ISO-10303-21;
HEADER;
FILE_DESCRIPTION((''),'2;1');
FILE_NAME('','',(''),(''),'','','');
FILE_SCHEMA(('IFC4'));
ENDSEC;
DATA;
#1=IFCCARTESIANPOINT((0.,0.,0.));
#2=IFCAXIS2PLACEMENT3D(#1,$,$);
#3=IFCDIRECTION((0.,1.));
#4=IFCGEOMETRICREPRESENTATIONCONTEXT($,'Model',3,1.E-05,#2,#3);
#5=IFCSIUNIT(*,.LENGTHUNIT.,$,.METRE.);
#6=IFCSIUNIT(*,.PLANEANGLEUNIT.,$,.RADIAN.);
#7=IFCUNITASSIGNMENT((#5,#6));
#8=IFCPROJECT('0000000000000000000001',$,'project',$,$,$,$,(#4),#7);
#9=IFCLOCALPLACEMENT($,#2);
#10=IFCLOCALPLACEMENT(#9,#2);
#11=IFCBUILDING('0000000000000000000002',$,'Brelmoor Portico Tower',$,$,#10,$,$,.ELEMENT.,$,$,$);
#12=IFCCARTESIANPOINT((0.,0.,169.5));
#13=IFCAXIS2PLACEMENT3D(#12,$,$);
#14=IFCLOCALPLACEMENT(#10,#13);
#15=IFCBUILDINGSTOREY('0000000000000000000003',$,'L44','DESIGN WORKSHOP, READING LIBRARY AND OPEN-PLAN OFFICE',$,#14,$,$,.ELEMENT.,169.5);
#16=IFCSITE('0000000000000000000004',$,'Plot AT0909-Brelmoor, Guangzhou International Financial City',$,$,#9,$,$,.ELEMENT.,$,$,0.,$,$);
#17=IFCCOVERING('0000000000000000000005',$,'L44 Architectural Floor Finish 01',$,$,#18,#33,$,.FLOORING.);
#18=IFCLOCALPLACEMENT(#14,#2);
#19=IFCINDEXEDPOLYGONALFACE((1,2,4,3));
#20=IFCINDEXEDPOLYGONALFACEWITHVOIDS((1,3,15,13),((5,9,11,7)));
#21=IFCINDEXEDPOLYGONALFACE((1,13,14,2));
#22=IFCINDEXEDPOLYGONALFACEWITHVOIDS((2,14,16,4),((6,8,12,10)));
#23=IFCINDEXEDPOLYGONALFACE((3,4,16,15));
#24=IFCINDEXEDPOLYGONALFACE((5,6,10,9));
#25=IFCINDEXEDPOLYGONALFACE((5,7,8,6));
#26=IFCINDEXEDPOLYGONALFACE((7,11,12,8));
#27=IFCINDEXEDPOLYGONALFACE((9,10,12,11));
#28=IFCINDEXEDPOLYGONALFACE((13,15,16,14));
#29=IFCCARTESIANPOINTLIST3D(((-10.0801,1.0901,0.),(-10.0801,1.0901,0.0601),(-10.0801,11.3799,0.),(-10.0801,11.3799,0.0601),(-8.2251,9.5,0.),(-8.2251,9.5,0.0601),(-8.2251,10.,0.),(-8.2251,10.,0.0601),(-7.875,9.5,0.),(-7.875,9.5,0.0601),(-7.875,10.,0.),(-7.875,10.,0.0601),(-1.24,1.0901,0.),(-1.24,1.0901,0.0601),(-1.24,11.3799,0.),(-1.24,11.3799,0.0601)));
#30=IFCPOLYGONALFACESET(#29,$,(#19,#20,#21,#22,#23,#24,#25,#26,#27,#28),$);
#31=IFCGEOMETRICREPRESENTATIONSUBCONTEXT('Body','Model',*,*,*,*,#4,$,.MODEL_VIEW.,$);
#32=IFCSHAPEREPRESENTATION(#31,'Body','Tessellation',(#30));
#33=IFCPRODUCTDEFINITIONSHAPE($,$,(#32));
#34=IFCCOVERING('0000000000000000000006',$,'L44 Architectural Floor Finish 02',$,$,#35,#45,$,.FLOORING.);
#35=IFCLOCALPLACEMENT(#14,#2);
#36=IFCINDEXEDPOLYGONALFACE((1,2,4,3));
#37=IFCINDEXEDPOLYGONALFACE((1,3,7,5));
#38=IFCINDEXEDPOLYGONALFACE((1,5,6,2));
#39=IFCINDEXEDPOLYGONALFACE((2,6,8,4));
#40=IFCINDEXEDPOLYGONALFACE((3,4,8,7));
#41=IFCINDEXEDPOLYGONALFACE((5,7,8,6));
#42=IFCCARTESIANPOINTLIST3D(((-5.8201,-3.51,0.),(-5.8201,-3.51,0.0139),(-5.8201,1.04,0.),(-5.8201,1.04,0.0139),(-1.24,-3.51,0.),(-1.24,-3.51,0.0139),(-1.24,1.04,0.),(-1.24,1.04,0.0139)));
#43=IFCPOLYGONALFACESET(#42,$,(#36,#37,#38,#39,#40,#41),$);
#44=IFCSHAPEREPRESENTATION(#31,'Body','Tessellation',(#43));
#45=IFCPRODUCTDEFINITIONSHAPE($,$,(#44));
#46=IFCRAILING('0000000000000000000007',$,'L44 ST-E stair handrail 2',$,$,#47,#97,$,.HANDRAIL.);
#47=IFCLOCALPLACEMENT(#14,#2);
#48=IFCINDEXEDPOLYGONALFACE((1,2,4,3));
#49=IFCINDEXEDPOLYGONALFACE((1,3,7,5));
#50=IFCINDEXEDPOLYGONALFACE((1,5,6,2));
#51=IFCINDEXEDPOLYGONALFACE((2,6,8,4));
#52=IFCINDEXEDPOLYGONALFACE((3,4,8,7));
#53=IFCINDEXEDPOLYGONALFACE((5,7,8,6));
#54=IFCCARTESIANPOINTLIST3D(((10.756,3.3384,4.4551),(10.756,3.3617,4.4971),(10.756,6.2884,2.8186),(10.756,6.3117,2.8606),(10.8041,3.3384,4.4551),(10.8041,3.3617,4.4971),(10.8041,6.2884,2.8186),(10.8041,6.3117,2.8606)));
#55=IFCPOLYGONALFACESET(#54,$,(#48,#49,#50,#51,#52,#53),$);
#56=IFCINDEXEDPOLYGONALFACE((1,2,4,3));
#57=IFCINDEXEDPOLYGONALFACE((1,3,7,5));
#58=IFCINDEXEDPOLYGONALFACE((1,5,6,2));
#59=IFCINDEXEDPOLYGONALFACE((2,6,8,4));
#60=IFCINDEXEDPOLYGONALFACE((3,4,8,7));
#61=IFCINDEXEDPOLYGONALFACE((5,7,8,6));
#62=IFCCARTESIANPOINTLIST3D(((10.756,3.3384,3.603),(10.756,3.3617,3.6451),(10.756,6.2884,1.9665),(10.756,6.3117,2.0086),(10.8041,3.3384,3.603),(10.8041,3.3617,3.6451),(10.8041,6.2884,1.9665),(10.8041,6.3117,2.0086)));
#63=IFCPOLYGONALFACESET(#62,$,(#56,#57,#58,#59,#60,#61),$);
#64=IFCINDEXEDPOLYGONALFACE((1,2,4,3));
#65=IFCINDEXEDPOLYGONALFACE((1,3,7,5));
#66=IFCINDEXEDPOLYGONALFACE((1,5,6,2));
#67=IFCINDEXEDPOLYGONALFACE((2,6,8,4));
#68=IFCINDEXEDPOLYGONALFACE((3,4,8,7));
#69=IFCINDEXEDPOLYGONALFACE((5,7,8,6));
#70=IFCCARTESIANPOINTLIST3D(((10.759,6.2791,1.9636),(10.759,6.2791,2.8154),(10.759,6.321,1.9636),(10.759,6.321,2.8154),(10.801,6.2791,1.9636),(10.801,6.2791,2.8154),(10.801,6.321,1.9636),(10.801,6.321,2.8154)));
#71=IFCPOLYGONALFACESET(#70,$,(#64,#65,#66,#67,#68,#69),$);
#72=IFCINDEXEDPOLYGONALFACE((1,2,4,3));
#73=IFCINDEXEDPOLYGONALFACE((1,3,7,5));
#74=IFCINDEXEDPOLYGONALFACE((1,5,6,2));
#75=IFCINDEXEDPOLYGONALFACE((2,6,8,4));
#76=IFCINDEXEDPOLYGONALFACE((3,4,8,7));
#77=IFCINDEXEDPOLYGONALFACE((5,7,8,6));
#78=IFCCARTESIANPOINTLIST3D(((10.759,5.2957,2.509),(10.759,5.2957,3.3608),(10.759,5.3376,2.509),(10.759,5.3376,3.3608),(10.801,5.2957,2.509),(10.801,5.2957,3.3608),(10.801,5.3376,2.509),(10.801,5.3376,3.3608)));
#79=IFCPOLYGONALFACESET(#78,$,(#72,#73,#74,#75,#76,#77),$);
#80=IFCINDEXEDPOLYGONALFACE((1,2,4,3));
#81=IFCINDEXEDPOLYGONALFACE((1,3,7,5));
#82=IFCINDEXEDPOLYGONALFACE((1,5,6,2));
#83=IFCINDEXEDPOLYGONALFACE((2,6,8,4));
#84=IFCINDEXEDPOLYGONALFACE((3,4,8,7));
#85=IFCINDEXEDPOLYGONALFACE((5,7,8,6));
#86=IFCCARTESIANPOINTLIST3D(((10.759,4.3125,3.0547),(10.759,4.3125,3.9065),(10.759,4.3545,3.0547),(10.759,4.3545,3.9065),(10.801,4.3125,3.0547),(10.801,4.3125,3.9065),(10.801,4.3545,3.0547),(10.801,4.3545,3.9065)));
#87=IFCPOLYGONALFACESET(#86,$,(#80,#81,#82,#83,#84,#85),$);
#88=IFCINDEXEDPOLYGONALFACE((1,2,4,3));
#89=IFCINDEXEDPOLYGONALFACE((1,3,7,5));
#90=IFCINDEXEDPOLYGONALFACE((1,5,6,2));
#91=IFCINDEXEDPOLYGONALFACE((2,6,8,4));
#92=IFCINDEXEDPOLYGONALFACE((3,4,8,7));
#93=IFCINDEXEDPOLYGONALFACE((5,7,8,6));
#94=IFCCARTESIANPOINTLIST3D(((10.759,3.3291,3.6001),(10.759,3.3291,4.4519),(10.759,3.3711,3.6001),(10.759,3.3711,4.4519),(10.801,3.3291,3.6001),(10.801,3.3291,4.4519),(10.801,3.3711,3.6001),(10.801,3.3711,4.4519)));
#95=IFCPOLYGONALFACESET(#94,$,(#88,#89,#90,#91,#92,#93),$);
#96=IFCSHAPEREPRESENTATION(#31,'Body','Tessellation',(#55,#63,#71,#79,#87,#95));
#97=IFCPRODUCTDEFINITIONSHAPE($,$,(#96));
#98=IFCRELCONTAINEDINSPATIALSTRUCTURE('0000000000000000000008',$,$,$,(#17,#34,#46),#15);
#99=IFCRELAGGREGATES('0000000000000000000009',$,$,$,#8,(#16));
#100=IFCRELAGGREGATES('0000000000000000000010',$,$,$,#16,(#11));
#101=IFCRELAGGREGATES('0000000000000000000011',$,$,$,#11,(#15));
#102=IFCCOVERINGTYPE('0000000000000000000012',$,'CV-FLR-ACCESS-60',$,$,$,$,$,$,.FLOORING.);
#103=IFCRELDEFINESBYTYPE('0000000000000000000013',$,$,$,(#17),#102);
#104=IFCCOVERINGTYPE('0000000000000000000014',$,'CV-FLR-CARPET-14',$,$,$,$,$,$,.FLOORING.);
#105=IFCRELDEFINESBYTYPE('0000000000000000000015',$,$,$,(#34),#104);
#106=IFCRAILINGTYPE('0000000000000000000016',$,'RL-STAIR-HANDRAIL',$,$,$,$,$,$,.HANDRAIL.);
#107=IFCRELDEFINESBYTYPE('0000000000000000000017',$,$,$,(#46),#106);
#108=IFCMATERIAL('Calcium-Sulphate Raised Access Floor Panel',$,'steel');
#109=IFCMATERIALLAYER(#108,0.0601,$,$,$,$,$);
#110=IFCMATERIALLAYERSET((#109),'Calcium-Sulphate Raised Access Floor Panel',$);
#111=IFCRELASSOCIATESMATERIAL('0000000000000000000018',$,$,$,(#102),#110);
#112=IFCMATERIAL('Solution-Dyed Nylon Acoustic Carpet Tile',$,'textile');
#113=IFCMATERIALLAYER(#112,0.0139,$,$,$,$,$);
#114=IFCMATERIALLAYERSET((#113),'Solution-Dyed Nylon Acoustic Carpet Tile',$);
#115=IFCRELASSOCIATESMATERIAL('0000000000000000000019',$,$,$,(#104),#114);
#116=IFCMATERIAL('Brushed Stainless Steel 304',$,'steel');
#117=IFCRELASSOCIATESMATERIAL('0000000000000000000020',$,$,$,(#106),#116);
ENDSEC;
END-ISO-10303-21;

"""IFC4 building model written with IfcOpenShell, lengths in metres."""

from ifc_helpers import new_model, si_unit, direction, frame, origin, origin_2d, place, context, subcontext, project, spatial, polyline, rectangle, outline, extrude, material, layer, layer_set, type_object, element, save


model = new_model("IFC4")

# Units and contexts
model_context = context("Model", 3, precision=1e-05, world=origin(), true_north=direction((0.0, 1.0)))
body_context = subcontext(model_context, "Body", "Model", "MODEL_VIEW")
ifc_project = project(units=[si_unit("LENGTHUNIT", "METRE"), si_unit("PLANEANGLEUNIT", "RADIAN")], contexts=[model_context])

# Site, building, storey
site_placement = place(None, origin())
site = spatial("IfcSite", under=ifc_project, at=site_placement, Name="Plot AT0909-Brelmoor, Guangzhou International Financial City", CompositionType="ELEMENT", RefElevation=0.0)
building_placement = place(site_placement, origin())
building = spatial("IfcBuilding", under=site, at=building_placement, Name="Brelmoor Portico Tower", CompositionType="ELEMENT")
storey_placement = place(building_placement, frame((0.0, 0.0, 169.5)))
storey = spatial("IfcBuildingStorey", under=building, at=storey_placement, Name="L44", Description="DESIGN WORKSHOP, READING LIBRARY AND OPEN-PLAN OFFICE", CompositionType="ELEMENT", Elevation=169.5)

# Coverings
ifc_material_1 = material(Name="Calcium-Sulphate Raised Access Floor Panel", Category="steel")
ifc_layer_1 = layer(ifc_material_1, 0.0601)
ifc_layer_set_1 = layer_set([ifc_layer_1], Name="Calcium-Sulphate Raised Access Floor Panel")
covering_type_1 = type_object("IfcCoveringType", Name="CV-FLR-ACCESS-60", PredefinedType="FLOORING", material=ifc_layer_set_1)
covering_1_placement = place(storey_placement, origin())
element("IfcCovering", 1, at=covering_1_placement, inside=storey, type_object=covering_type_1, Name="L44 Architectural Floor Finish 01", PredefinedType="FLOORING", context=body_context, shape_type="SweptSolid", body=[
    extrude(outline(polyline([(-10.0801, 11.3799), (-1.24, 11.3799), (-1.24, 1.0901), (-10.0801, 1.0901), (-10.0801, 11.3799)]), holes=[polyline([(-7.875, 9.5), (-7.875, 10.0), (-8.2251, 10.0), (-8.2251, 9.5), (-7.875, 9.5)])]), origin(), (0.0, 0.0, 1.0), 0.0601),
])
ifc_material_2 = material(Name="Solution-Dyed Nylon Acoustic Carpet Tile", Category="textile")
ifc_layer_2 = layer(ifc_material_2, 0.0139)
ifc_layer_set_2 = layer_set([ifc_layer_2], Name="Solution-Dyed Nylon Acoustic Carpet Tile")
covering_type_2 = type_object("IfcCoveringType", Name="CV-FLR-CARPET-14", PredefinedType="FLOORING", material=ifc_layer_set_2)
covering_2_placement = place(storey_placement, origin())
element("IfcCovering", 2, at=covering_2_placement, inside=storey, type_object=covering_type_2, Name="L44 Architectural Floor Finish 02", PredefinedType="FLOORING", context=body_context, shape_type="SweptSolid", body=[
    extrude(outline(polyline([(-5.8201, -3.51), (-5.8201, 1.04), (-1.24, 1.04), (-1.24, -3.51), (-5.8201, -3.51)])), origin(), (0.0, 0.0, 1.0), 0.0139),
])

# Railing
ifc_material_3 = material(Name="Brushed Stainless Steel 304", Category="steel")
railing_type = type_object("IfcRailingType", Name="RL-STAIR-HANDRAIL", PredefinedType="HANDRAIL", material=ifc_material_3)
railing_placement = place(storey_placement, frame((10.78, 6.3, 1.9636)))
element("IfcRailing", 3, at=railing_placement, inside=storey, type_object=railing_type, Name="L44 ST-E stair handrail 2", PredefinedType="HANDRAIL", context=body_context, shape_type="SweptSolid", body=[
    extrude(rectangle(XDim=0.0481, YDim=0.0481, at=origin_2d()), frame((0.0, 0.0, 0.876), z_axis=(0.0, -0.874458, 0.485102), x_axis=(1.0, 0.0, 0.0)), (0.0, 0.0, 1.0), 3.3735),
    extrude(rectangle(XDim=0.0481, YDim=0.0481, at=origin_2d()), frame((0.0, 0.0, 0.0239), z_axis=(0.0, -0.874458, 0.485102), x_axis=(1.0, 0.0, 0.0)), (0.0, 0.0, 1.0), 3.3735),
    extrude(rectangle(XDim=0.042, YDim=0.042, at=origin_2d()), origin(), (0.0, 0.0, 1.0), 0.8518),
    extrude(rectangle(XDim=0.042, YDim=0.042, at=origin_2d()), frame((0.0, -0.9834, 0.5454)), (0.0, 0.0, 1.0), 0.8518),
    extrude(rectangle(XDim=0.042, YDim=0.042, at=origin_2d()), frame((0.0, -1.9666, 1.0911)), (0.0, 0.0, 1.0), 0.8518),
    extrude(rectangle(XDim=0.042, YDim=0.042, at=origin_2d()), frame((0.0, -2.95, 1.6365)), (0.0, 0.0, 1.0), 0.8518),
])

save(model, "model.ifc")
